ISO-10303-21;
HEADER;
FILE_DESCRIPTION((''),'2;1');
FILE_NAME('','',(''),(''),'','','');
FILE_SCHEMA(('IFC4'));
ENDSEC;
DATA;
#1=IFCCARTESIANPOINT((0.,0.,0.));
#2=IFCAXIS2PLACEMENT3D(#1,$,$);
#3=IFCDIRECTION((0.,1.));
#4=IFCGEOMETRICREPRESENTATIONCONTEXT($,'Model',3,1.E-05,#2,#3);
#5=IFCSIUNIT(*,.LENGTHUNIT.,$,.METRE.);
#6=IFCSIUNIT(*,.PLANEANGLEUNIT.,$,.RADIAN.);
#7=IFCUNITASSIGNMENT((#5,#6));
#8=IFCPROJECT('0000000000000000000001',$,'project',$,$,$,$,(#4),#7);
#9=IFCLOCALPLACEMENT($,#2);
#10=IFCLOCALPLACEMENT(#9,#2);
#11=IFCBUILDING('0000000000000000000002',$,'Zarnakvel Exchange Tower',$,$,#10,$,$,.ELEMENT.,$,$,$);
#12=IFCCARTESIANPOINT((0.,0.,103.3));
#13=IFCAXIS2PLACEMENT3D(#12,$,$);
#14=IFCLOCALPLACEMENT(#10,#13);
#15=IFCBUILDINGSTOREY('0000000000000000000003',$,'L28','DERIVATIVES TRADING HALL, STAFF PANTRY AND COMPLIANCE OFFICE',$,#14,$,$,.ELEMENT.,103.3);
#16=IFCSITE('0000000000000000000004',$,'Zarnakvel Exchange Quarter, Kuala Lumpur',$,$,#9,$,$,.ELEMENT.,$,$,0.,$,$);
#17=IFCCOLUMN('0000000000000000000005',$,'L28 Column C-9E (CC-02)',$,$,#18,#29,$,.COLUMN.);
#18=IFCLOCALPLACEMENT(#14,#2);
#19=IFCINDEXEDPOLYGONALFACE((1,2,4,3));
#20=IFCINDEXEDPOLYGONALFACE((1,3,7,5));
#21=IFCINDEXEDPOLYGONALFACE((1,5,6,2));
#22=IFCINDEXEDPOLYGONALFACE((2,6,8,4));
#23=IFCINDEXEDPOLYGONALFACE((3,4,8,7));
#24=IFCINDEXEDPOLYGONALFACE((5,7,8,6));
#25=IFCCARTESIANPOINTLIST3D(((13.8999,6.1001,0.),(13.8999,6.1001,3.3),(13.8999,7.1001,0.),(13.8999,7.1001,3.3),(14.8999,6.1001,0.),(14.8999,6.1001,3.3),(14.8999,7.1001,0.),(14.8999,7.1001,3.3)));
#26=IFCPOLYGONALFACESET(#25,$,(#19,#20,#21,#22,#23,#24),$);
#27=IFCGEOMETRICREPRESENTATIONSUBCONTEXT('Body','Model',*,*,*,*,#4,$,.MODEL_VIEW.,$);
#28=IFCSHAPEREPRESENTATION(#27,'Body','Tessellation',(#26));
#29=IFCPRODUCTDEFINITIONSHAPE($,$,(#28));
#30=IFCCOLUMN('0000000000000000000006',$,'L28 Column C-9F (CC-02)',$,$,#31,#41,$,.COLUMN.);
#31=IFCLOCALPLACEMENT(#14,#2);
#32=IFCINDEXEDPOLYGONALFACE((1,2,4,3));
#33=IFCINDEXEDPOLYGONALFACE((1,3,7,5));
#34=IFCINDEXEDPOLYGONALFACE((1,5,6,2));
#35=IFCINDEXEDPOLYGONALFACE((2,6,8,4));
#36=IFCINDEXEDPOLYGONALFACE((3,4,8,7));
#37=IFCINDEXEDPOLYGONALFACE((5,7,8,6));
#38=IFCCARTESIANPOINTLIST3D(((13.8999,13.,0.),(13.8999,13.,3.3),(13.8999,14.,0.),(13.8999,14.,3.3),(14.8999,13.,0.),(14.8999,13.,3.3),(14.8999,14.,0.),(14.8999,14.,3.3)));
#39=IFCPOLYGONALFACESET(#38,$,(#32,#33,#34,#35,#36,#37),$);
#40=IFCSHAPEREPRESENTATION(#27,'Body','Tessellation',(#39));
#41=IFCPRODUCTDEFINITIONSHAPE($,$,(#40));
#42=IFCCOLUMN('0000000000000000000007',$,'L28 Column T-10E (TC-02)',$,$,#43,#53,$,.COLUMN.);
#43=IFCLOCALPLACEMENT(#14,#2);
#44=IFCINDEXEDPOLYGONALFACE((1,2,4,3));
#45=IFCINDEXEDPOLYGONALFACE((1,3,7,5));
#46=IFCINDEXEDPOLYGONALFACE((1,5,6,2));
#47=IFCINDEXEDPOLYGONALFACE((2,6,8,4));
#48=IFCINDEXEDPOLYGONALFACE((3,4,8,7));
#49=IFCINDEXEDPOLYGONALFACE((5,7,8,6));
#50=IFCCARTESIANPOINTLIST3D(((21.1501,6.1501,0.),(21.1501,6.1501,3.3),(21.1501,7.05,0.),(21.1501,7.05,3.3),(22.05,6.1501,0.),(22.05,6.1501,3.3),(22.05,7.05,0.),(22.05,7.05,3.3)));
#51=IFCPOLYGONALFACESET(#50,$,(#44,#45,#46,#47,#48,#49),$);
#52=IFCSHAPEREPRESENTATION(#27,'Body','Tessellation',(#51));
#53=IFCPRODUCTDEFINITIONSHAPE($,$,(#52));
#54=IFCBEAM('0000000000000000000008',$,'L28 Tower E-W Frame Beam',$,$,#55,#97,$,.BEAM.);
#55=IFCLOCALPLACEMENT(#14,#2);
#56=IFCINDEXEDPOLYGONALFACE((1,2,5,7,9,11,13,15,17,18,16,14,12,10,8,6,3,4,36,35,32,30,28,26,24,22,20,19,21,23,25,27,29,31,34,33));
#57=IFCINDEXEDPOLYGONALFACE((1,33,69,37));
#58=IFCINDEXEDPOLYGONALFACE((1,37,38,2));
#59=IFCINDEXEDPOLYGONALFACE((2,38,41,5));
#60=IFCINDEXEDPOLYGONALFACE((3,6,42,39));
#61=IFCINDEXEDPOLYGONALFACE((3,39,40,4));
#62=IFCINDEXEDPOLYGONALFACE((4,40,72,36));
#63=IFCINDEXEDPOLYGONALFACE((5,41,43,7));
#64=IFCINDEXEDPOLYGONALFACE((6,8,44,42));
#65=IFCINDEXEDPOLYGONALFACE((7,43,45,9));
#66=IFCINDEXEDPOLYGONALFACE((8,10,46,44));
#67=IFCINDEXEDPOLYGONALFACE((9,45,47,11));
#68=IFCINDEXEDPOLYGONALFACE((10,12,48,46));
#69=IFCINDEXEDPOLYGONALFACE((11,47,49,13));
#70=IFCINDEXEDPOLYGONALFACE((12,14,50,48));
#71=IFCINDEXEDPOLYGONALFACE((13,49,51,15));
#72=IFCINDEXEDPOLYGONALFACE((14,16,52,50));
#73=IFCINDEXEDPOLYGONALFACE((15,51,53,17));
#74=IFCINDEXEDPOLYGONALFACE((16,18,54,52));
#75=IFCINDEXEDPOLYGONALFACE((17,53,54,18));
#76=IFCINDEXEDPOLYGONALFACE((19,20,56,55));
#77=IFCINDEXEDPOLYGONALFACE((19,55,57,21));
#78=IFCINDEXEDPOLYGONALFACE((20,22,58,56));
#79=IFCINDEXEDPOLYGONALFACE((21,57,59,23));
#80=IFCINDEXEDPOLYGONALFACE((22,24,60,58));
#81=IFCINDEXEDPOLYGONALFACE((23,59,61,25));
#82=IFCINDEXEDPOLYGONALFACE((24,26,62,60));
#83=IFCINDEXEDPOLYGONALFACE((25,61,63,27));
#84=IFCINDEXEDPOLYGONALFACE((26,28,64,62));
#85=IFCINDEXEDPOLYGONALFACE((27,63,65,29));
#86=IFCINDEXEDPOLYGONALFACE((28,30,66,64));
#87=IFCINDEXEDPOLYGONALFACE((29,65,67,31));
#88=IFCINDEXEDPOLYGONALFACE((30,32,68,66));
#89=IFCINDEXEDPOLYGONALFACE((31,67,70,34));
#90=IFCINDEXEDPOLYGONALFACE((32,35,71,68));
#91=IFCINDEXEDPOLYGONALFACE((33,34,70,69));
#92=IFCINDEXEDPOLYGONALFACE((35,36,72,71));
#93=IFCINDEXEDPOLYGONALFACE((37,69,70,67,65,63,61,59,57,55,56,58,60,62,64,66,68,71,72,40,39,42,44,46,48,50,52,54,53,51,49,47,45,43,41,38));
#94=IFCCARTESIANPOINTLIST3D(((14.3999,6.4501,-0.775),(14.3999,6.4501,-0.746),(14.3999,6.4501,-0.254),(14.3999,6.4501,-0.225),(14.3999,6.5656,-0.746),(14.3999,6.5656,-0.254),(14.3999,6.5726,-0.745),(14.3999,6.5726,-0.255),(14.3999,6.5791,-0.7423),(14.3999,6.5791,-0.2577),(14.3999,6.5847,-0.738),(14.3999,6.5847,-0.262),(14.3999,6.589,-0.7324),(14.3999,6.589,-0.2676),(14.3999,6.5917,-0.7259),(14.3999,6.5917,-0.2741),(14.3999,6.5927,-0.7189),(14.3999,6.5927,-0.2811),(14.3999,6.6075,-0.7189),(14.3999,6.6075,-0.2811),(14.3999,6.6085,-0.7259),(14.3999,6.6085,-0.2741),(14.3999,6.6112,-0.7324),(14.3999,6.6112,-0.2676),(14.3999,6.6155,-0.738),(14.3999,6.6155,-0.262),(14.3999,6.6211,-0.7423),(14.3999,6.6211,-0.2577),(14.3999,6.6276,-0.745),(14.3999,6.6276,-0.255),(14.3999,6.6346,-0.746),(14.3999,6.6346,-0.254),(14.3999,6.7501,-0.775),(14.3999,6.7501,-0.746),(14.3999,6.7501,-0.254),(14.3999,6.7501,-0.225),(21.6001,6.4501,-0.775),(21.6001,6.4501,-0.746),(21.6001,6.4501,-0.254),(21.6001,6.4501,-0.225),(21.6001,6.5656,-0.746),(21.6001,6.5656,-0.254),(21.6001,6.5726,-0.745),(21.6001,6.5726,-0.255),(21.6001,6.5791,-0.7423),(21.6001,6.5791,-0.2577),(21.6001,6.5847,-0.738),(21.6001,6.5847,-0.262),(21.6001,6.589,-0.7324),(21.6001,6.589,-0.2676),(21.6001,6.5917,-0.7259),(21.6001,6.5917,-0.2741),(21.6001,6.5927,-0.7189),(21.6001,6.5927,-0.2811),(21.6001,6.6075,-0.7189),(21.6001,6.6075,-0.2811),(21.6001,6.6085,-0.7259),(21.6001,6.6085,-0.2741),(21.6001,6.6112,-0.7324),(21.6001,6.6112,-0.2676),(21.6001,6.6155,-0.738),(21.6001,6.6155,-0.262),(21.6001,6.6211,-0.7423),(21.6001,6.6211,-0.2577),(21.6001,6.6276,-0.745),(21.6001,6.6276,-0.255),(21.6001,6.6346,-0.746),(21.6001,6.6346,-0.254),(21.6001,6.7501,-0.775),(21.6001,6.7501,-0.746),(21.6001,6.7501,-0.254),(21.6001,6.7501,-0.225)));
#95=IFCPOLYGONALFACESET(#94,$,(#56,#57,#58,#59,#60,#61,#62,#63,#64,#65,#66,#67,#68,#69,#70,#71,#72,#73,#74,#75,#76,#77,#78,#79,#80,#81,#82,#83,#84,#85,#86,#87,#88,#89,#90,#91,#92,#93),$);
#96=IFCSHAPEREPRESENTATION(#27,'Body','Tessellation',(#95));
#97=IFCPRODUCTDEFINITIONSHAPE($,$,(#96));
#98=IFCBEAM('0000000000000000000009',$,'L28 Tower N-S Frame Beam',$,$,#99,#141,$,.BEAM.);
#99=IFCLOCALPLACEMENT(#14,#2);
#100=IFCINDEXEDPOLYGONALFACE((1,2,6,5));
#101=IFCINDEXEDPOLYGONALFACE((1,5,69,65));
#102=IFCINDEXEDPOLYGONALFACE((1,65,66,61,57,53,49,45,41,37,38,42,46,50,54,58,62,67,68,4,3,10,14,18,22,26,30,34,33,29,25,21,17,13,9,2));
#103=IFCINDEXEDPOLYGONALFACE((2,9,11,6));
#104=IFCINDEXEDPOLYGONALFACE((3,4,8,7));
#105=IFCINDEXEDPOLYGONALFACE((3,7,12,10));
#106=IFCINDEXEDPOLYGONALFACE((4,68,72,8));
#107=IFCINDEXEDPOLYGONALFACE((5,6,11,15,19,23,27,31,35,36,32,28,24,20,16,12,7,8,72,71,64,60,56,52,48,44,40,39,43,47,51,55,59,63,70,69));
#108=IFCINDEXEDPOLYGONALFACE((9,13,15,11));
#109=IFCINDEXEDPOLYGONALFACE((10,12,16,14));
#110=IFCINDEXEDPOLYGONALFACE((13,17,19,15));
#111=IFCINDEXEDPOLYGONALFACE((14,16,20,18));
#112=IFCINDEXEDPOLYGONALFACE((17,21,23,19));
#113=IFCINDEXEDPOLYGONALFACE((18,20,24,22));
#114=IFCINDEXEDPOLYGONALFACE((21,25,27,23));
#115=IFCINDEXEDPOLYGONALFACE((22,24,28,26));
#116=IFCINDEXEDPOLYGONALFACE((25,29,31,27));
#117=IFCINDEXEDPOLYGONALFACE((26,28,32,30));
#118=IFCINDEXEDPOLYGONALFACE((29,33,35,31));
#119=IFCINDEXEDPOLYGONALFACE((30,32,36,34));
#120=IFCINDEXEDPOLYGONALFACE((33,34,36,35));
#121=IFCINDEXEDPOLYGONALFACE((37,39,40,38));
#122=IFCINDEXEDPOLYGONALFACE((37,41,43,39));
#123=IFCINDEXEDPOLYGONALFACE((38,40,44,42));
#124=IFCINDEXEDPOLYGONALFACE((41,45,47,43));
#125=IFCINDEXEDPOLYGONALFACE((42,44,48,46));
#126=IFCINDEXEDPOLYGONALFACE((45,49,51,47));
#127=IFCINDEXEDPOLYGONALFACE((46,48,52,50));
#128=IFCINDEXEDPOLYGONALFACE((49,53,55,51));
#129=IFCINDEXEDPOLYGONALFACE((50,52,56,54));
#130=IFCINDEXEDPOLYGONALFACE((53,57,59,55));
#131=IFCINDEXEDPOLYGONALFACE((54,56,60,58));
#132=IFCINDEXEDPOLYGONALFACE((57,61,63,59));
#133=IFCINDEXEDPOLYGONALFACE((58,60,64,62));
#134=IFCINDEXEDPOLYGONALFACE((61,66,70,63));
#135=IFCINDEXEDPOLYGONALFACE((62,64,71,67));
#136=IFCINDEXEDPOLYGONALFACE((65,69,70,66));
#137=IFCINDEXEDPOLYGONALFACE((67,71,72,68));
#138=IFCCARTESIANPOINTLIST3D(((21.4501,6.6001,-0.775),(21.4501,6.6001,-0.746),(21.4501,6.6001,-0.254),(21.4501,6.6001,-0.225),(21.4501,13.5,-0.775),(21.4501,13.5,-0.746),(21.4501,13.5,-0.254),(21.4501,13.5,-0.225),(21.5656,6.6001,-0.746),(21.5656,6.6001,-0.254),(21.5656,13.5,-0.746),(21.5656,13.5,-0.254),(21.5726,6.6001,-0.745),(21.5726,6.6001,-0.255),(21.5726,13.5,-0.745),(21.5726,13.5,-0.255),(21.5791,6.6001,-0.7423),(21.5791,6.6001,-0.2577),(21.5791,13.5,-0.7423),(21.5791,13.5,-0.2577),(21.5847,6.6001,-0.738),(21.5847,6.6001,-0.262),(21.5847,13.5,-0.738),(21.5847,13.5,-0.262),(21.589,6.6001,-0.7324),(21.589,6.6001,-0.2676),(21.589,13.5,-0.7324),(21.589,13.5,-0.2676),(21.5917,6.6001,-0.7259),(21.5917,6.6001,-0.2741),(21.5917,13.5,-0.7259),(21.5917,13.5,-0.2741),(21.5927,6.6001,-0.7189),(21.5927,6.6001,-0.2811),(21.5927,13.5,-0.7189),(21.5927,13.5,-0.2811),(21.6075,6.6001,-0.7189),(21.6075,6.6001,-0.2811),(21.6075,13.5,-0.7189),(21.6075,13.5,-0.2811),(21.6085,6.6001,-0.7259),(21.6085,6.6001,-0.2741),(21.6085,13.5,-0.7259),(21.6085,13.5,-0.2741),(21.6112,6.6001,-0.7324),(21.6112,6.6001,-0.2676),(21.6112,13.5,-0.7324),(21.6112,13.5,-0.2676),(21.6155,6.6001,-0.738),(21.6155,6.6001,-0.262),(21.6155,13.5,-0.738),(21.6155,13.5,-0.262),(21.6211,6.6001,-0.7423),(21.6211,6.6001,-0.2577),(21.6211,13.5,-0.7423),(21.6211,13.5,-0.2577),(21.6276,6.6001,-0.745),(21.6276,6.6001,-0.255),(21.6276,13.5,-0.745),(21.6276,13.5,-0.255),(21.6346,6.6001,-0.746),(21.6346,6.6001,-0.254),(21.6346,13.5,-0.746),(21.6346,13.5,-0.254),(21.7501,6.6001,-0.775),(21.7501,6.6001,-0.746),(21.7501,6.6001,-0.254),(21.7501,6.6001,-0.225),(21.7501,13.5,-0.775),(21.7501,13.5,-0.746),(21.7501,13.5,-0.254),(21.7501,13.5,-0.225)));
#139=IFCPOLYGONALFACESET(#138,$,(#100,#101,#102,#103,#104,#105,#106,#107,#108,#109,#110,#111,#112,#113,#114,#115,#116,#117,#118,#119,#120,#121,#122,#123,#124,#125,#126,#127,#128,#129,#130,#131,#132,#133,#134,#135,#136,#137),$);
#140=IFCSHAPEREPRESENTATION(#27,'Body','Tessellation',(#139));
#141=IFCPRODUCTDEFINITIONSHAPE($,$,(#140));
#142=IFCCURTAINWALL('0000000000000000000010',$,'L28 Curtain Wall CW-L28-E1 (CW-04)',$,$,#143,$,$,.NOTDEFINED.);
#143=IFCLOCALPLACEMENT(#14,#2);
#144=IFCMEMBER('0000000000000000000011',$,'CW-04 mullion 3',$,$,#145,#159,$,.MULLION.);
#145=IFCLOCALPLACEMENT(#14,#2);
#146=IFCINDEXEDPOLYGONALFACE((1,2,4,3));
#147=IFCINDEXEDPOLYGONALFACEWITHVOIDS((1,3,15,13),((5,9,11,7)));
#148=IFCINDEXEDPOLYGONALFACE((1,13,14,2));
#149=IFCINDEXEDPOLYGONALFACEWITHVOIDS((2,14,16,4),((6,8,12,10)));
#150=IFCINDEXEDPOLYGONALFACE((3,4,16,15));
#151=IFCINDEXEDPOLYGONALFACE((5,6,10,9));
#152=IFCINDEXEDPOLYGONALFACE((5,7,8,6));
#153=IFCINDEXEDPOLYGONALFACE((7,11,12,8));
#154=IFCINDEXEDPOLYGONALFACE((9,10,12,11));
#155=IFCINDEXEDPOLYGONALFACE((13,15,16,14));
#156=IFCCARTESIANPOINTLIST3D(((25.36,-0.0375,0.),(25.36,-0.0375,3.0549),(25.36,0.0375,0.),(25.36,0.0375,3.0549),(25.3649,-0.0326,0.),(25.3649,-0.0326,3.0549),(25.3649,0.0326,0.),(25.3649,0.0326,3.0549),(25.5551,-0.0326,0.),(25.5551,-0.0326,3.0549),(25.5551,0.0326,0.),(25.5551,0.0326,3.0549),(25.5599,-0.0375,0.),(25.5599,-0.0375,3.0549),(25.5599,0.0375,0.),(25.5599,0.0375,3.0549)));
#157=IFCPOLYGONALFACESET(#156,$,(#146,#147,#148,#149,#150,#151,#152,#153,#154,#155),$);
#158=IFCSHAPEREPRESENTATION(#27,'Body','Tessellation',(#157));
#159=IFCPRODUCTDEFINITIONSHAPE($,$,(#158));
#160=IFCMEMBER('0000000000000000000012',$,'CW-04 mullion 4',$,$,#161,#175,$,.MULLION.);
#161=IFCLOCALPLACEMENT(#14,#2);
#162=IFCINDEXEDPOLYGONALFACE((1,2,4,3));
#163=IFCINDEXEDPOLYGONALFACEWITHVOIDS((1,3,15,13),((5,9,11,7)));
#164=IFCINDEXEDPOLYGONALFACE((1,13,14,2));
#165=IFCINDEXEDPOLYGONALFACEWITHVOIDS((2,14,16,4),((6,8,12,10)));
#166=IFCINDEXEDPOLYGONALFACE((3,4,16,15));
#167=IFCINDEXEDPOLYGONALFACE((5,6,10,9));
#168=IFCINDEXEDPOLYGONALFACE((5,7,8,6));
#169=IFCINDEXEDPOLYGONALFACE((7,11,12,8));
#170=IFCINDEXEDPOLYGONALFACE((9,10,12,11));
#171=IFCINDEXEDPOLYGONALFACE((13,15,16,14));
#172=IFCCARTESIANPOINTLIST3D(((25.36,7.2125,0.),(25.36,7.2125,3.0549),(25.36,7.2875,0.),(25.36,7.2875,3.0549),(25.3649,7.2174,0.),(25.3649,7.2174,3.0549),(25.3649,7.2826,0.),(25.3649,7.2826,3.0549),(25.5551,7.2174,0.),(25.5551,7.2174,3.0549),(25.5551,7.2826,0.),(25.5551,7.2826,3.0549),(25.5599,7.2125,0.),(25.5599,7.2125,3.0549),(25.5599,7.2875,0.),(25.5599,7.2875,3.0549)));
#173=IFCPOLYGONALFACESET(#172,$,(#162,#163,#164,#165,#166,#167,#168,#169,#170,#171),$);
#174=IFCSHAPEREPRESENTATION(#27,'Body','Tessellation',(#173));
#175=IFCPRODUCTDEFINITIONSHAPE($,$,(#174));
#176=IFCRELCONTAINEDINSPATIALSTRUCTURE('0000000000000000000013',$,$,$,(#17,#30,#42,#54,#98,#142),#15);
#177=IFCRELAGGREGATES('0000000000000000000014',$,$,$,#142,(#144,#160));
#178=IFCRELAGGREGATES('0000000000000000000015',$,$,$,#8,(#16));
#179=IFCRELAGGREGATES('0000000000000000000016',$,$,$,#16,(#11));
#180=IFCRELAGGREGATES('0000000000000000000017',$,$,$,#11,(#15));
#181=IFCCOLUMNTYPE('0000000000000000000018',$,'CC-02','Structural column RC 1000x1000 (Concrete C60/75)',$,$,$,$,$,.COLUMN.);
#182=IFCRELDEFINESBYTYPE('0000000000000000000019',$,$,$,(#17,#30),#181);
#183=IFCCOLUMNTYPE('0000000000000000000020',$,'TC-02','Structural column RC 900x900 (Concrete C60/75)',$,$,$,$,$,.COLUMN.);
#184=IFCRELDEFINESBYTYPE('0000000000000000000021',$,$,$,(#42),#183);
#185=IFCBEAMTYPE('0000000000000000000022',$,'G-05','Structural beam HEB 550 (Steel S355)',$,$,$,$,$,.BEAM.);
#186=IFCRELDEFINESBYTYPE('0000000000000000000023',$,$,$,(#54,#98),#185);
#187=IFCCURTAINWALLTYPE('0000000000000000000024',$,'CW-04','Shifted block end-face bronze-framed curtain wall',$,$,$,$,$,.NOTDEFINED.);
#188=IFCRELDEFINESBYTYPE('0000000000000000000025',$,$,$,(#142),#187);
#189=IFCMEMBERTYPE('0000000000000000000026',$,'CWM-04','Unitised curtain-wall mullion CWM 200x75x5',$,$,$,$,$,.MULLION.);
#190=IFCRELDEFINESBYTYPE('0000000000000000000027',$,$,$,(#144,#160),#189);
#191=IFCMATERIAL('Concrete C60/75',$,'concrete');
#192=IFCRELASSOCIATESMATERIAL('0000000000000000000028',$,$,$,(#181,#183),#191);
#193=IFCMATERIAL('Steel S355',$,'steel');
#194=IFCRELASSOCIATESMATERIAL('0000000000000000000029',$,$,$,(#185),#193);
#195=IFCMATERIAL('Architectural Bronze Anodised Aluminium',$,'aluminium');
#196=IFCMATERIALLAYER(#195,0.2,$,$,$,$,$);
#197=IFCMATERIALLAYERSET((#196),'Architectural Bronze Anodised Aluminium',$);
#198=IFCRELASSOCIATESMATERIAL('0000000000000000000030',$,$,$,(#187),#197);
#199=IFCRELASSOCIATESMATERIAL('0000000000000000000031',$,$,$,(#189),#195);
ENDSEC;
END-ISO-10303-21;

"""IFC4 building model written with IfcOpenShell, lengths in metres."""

from ifc_helpers import new_model, si_unit, direction, frame, origin, origin_2d, place, context, subcontext, project, spatial, rectangle, hollow_rectangle, i_section, extrude, source, transform, mapped, material, layer, layer_set, material_profile, profile_set, type_object, element, aggregate, save


model = new_model("IFC4")

# Units and contexts
model_context = context("Model", 3, precision=1e-05, world=origin(), true_north=direction((0.0, 1.0)))
body_context = subcontext(model_context, "Body", "Model", "MODEL_VIEW")
ifc_project = project(units=[si_unit("LENGTHUNIT", "METRE"), si_unit("PLANEANGLEUNIT", "RADIAN")], contexts=[model_context])

# Site, building, storey
site_placement = place(None, origin())
site = spatial("IfcSite", under=ifc_project, at=site_placement, Name="Zarnakvel Exchange Quarter, Kuala Lumpur", CompositionType="ELEMENT", RefElevation=0.0)
building_placement = place(site_placement, origin())
building = spatial("IfcBuilding", under=site, at=building_placement, Name="Zarnakvel Exchange Tower", CompositionType="ELEMENT")
storey_placement = place(building_placement, frame((0.0, 0.0, 103.3)))
storey = spatial("IfcBuildingStorey", under=building, at=storey_placement, Name="L28", Description="DERIVATIVES TRADING HALL, STAFF PANTRY AND COMPLIANCE OFFICE", CompositionType="ELEMENT", Elevation=103.3)

# Columns
ifc_material_1 = material(Name="Concrete C60/75", Category="concrete")
ifc_material_profile_1 = material_profile(ifc_material_1, rectangle(XDim=1.0, YDim=1.0, at=origin_2d()))
ifc_profile_set_1 = profile_set([ifc_material_profile_1], Name="Concrete C60/75")
column_type_1 = type_object("IfcColumnType", Name="CC-02", Description="Structural column RC 1000x1000 (Concrete C60/75)", PredefinedType="COLUMN", material=ifc_profile_set_1)
for number, where, z_axis, x_axis, name in (
    (1, (14.3999, 6.6001, 0.0), (0.0, 0.0, 1.0), (1.0, 0.0, 0.0), "L28 Column C-9E (CC-02)"),
    (2, (14.3999, 13.5, 0.0), (0.0, 0.0, 1.0), (1.0, 0.0, 0.0), "L28 Column C-9F (CC-02)"),
):
    element("IfcColumn", number, at=place(storey_placement, frame(where, z_axis=z_axis, x_axis=x_axis)), inside=storey, type_object=column_type_1, Name=name, PredefinedType="COLUMN", context=body_context, shape_type="SweptSolid", body=[
        extrude(rectangle(XDim=1.0, YDim=1.0, at=origin_2d()), origin(), (0.0, 0.0, 1.0), 3.3),
    ])
ifc_material_profile_2 = material_profile(ifc_material_1, rectangle(XDim=0.8999, YDim=0.8999, at=origin_2d()))
ifc_profile_set_2 = profile_set([ifc_material_profile_2], Name="Concrete C60/75")
column_type_2 = type_object("IfcColumnType", Name="TC-02", Description="Structural column RC 900x900 (Concrete C60/75)", PredefinedType="COLUMN", material=ifc_profile_set_2)
column_placement = place(storey_placement, frame((21.6001, 6.6001, 0.0), z_axis=(0.0, 0.0, 1.0), x_axis=(1.0, 0.0, 0.0)))
element("IfcColumn", 3, at=column_placement, inside=storey, type_object=column_type_2, Name="L28 Column T-10E (TC-02)", PredefinedType="COLUMN", context=body_context, shape_type="SweptSolid", body=[
    extrude(rectangle(XDim=0.8999, YDim=0.8999, at=origin_2d()), origin(), (0.0, 0.0, 1.0), 3.3),
])

# Beams
ifc_material_2 = material(Name="Steel S355", Category="steel")
ifc_material_profile_3 = material_profile(ifc_material_2, i_section(OverallWidth=0.3, OverallDepth=0.55, WebThickness=0.0149, FlangeThickness=0.0291, FilletRadius=0.0271, at=origin_2d()))
ifc_profile_set_3 = profile_set([ifc_material_profile_3], Name="Steel S355")
beam_type = type_object("IfcBeamType", Name="G-05", Description="Structural beam HEB 550 (Steel S355)", PredefinedType="BEAM", material=ifc_profile_set_3)
beam_1_placement = place(storey_placement, frame((14.3999, 6.6001, -0.5), z_axis=(1.0, 0.0, 0.0), x_axis=(0.0, 1.0, 0.0)))
element("IfcBeam", 4, at=beam_1_placement, inside=storey, type_object=beam_type, Name="L28 Tower E-W Frame Beam", PredefinedType="BEAM", context=body_context, shape_type="SweptSolid", body=[
    extrude(i_section(OverallWidth=0.3, OverallDepth=0.55, WebThickness=0.0149, FlangeThickness=0.0291, FilletRadius=0.0271, at=origin_2d()), origin(), (0.0, 0.0, 1.0), 7.2002),
])
beam_2_placement = place(storey_placement, frame((21.6001, 6.6001, -0.5), z_axis=(0.0, 1.0, 0.0), x_axis=(-1.0, 0.0, 0.0)))
element("IfcBeam", 5, at=beam_2_placement, inside=storey, type_object=beam_type, Name="L28 Tower N-S Frame Beam", PredefinedType="BEAM", context=body_context, shape_type="SweptSolid", body=[
    extrude(i_section(OverallWidth=0.3, OverallDepth=0.55, WebThickness=0.0149, FlangeThickness=0.0291, FilletRadius=0.0271, at=origin_2d()), origin(), (0.0, 0.0, 1.0), 6.8999),
])

# Curtain wall, members
ifc_material_3 = material(Name="Architectural Bronze Anodised Aluminium", Category="aluminium")
ifc_layer_1 = layer(ifc_material_3, 0.2)
ifc_layer_set_1 = layer_set([ifc_layer_1], Name="Architectural Bronze Anodised Aluminium")
curtain_wall_type = type_object("IfcCurtainWallType", Name="CW-04", Description="Shifted block end-face bronze-framed curtain wall", PredefinedType="NOTDEFINED", material=ifc_layer_set_1)
curtain_wall_placement = place(storey_placement, origin())
curtain_wall = element("IfcCurtainWall", 6, at=curtain_wall_placement, inside=storey, type_object=curtain_wall_type, Name="L28 Curtain Wall CW-L28-E1 (CW-04)", PredefinedType="NOTDEFINED")
ifc_material_profile_4 = material_profile(ifc_material_3, hollow_rectangle(XDim=0.2, YDim=0.075, WallThickness=0.0049, at=origin_2d()))
ifc_profile_set_4 = profile_set([ifc_material_profile_4], Name="Architectural Bronze Anodised Aluminium")
member_type_1 = type_object("IfcMemberType", Name="CWM-04", Description="Unitised curtain-wall mullion CWM 200x75x5", PredefinedType="MULLION", material=ifc_profile_set_4)
shared_shape_1 = source(origin(), body_context, "Body", "SweptSolid", [
    extrude(hollow_rectangle(XDim=0.2, YDim=0.075, WallThickness=0.0049, at=origin_2d()), origin(), (0.0, 0.0, 1.0), 3.0549),
])
member_1_placement = place(storey_placement, frame((25.46, 0.0, 0.0), z_axis=(0.0, 0.0, 1.0), x_axis=(-1.0, 0.0, 0.0)))
member_1 = element("IfcMember", 7, at=member_1_placement, type_object=member_type_1, Name="CW-04 mullion 3", PredefinedType="MULLION", context=body_context, shape_type="MappedRepresentation", body=[
    mapped(shared_shape_1, transform((0.0, 0.0, 0.0), x_axis=(1.0, 0.0, 0.0), y_axis=(0.0, 1.0, 0.0), z_axis=(0.0, 0.0, 1.0), scale=1.0)),
])
member_2_placement = place(storey_placement, frame((25.46, 7.25, 0.0), z_axis=(0.0, 0.0, 1.0), x_axis=(-1.0, 0.0, 0.0)))
member_2 = element("IfcMember", 8, at=member_2_placement, type_object=member_type_1, Name="CW-04 mullion 4", PredefinedType="MULLION", context=body_context, shape_type="MappedRepresentation", body=[
    mapped(shared_shape_1, transform((0.0, 0.0, 0.0), x_axis=(1.0, 0.0, 0.0), y_axis=(0.0, 1.0, 0.0), z_axis=(0.0, 0.0, 1.0), scale=1.0)),
])
aggregate(curtain_wall, [member_1, member_2])

save(model, "model.ifc")
